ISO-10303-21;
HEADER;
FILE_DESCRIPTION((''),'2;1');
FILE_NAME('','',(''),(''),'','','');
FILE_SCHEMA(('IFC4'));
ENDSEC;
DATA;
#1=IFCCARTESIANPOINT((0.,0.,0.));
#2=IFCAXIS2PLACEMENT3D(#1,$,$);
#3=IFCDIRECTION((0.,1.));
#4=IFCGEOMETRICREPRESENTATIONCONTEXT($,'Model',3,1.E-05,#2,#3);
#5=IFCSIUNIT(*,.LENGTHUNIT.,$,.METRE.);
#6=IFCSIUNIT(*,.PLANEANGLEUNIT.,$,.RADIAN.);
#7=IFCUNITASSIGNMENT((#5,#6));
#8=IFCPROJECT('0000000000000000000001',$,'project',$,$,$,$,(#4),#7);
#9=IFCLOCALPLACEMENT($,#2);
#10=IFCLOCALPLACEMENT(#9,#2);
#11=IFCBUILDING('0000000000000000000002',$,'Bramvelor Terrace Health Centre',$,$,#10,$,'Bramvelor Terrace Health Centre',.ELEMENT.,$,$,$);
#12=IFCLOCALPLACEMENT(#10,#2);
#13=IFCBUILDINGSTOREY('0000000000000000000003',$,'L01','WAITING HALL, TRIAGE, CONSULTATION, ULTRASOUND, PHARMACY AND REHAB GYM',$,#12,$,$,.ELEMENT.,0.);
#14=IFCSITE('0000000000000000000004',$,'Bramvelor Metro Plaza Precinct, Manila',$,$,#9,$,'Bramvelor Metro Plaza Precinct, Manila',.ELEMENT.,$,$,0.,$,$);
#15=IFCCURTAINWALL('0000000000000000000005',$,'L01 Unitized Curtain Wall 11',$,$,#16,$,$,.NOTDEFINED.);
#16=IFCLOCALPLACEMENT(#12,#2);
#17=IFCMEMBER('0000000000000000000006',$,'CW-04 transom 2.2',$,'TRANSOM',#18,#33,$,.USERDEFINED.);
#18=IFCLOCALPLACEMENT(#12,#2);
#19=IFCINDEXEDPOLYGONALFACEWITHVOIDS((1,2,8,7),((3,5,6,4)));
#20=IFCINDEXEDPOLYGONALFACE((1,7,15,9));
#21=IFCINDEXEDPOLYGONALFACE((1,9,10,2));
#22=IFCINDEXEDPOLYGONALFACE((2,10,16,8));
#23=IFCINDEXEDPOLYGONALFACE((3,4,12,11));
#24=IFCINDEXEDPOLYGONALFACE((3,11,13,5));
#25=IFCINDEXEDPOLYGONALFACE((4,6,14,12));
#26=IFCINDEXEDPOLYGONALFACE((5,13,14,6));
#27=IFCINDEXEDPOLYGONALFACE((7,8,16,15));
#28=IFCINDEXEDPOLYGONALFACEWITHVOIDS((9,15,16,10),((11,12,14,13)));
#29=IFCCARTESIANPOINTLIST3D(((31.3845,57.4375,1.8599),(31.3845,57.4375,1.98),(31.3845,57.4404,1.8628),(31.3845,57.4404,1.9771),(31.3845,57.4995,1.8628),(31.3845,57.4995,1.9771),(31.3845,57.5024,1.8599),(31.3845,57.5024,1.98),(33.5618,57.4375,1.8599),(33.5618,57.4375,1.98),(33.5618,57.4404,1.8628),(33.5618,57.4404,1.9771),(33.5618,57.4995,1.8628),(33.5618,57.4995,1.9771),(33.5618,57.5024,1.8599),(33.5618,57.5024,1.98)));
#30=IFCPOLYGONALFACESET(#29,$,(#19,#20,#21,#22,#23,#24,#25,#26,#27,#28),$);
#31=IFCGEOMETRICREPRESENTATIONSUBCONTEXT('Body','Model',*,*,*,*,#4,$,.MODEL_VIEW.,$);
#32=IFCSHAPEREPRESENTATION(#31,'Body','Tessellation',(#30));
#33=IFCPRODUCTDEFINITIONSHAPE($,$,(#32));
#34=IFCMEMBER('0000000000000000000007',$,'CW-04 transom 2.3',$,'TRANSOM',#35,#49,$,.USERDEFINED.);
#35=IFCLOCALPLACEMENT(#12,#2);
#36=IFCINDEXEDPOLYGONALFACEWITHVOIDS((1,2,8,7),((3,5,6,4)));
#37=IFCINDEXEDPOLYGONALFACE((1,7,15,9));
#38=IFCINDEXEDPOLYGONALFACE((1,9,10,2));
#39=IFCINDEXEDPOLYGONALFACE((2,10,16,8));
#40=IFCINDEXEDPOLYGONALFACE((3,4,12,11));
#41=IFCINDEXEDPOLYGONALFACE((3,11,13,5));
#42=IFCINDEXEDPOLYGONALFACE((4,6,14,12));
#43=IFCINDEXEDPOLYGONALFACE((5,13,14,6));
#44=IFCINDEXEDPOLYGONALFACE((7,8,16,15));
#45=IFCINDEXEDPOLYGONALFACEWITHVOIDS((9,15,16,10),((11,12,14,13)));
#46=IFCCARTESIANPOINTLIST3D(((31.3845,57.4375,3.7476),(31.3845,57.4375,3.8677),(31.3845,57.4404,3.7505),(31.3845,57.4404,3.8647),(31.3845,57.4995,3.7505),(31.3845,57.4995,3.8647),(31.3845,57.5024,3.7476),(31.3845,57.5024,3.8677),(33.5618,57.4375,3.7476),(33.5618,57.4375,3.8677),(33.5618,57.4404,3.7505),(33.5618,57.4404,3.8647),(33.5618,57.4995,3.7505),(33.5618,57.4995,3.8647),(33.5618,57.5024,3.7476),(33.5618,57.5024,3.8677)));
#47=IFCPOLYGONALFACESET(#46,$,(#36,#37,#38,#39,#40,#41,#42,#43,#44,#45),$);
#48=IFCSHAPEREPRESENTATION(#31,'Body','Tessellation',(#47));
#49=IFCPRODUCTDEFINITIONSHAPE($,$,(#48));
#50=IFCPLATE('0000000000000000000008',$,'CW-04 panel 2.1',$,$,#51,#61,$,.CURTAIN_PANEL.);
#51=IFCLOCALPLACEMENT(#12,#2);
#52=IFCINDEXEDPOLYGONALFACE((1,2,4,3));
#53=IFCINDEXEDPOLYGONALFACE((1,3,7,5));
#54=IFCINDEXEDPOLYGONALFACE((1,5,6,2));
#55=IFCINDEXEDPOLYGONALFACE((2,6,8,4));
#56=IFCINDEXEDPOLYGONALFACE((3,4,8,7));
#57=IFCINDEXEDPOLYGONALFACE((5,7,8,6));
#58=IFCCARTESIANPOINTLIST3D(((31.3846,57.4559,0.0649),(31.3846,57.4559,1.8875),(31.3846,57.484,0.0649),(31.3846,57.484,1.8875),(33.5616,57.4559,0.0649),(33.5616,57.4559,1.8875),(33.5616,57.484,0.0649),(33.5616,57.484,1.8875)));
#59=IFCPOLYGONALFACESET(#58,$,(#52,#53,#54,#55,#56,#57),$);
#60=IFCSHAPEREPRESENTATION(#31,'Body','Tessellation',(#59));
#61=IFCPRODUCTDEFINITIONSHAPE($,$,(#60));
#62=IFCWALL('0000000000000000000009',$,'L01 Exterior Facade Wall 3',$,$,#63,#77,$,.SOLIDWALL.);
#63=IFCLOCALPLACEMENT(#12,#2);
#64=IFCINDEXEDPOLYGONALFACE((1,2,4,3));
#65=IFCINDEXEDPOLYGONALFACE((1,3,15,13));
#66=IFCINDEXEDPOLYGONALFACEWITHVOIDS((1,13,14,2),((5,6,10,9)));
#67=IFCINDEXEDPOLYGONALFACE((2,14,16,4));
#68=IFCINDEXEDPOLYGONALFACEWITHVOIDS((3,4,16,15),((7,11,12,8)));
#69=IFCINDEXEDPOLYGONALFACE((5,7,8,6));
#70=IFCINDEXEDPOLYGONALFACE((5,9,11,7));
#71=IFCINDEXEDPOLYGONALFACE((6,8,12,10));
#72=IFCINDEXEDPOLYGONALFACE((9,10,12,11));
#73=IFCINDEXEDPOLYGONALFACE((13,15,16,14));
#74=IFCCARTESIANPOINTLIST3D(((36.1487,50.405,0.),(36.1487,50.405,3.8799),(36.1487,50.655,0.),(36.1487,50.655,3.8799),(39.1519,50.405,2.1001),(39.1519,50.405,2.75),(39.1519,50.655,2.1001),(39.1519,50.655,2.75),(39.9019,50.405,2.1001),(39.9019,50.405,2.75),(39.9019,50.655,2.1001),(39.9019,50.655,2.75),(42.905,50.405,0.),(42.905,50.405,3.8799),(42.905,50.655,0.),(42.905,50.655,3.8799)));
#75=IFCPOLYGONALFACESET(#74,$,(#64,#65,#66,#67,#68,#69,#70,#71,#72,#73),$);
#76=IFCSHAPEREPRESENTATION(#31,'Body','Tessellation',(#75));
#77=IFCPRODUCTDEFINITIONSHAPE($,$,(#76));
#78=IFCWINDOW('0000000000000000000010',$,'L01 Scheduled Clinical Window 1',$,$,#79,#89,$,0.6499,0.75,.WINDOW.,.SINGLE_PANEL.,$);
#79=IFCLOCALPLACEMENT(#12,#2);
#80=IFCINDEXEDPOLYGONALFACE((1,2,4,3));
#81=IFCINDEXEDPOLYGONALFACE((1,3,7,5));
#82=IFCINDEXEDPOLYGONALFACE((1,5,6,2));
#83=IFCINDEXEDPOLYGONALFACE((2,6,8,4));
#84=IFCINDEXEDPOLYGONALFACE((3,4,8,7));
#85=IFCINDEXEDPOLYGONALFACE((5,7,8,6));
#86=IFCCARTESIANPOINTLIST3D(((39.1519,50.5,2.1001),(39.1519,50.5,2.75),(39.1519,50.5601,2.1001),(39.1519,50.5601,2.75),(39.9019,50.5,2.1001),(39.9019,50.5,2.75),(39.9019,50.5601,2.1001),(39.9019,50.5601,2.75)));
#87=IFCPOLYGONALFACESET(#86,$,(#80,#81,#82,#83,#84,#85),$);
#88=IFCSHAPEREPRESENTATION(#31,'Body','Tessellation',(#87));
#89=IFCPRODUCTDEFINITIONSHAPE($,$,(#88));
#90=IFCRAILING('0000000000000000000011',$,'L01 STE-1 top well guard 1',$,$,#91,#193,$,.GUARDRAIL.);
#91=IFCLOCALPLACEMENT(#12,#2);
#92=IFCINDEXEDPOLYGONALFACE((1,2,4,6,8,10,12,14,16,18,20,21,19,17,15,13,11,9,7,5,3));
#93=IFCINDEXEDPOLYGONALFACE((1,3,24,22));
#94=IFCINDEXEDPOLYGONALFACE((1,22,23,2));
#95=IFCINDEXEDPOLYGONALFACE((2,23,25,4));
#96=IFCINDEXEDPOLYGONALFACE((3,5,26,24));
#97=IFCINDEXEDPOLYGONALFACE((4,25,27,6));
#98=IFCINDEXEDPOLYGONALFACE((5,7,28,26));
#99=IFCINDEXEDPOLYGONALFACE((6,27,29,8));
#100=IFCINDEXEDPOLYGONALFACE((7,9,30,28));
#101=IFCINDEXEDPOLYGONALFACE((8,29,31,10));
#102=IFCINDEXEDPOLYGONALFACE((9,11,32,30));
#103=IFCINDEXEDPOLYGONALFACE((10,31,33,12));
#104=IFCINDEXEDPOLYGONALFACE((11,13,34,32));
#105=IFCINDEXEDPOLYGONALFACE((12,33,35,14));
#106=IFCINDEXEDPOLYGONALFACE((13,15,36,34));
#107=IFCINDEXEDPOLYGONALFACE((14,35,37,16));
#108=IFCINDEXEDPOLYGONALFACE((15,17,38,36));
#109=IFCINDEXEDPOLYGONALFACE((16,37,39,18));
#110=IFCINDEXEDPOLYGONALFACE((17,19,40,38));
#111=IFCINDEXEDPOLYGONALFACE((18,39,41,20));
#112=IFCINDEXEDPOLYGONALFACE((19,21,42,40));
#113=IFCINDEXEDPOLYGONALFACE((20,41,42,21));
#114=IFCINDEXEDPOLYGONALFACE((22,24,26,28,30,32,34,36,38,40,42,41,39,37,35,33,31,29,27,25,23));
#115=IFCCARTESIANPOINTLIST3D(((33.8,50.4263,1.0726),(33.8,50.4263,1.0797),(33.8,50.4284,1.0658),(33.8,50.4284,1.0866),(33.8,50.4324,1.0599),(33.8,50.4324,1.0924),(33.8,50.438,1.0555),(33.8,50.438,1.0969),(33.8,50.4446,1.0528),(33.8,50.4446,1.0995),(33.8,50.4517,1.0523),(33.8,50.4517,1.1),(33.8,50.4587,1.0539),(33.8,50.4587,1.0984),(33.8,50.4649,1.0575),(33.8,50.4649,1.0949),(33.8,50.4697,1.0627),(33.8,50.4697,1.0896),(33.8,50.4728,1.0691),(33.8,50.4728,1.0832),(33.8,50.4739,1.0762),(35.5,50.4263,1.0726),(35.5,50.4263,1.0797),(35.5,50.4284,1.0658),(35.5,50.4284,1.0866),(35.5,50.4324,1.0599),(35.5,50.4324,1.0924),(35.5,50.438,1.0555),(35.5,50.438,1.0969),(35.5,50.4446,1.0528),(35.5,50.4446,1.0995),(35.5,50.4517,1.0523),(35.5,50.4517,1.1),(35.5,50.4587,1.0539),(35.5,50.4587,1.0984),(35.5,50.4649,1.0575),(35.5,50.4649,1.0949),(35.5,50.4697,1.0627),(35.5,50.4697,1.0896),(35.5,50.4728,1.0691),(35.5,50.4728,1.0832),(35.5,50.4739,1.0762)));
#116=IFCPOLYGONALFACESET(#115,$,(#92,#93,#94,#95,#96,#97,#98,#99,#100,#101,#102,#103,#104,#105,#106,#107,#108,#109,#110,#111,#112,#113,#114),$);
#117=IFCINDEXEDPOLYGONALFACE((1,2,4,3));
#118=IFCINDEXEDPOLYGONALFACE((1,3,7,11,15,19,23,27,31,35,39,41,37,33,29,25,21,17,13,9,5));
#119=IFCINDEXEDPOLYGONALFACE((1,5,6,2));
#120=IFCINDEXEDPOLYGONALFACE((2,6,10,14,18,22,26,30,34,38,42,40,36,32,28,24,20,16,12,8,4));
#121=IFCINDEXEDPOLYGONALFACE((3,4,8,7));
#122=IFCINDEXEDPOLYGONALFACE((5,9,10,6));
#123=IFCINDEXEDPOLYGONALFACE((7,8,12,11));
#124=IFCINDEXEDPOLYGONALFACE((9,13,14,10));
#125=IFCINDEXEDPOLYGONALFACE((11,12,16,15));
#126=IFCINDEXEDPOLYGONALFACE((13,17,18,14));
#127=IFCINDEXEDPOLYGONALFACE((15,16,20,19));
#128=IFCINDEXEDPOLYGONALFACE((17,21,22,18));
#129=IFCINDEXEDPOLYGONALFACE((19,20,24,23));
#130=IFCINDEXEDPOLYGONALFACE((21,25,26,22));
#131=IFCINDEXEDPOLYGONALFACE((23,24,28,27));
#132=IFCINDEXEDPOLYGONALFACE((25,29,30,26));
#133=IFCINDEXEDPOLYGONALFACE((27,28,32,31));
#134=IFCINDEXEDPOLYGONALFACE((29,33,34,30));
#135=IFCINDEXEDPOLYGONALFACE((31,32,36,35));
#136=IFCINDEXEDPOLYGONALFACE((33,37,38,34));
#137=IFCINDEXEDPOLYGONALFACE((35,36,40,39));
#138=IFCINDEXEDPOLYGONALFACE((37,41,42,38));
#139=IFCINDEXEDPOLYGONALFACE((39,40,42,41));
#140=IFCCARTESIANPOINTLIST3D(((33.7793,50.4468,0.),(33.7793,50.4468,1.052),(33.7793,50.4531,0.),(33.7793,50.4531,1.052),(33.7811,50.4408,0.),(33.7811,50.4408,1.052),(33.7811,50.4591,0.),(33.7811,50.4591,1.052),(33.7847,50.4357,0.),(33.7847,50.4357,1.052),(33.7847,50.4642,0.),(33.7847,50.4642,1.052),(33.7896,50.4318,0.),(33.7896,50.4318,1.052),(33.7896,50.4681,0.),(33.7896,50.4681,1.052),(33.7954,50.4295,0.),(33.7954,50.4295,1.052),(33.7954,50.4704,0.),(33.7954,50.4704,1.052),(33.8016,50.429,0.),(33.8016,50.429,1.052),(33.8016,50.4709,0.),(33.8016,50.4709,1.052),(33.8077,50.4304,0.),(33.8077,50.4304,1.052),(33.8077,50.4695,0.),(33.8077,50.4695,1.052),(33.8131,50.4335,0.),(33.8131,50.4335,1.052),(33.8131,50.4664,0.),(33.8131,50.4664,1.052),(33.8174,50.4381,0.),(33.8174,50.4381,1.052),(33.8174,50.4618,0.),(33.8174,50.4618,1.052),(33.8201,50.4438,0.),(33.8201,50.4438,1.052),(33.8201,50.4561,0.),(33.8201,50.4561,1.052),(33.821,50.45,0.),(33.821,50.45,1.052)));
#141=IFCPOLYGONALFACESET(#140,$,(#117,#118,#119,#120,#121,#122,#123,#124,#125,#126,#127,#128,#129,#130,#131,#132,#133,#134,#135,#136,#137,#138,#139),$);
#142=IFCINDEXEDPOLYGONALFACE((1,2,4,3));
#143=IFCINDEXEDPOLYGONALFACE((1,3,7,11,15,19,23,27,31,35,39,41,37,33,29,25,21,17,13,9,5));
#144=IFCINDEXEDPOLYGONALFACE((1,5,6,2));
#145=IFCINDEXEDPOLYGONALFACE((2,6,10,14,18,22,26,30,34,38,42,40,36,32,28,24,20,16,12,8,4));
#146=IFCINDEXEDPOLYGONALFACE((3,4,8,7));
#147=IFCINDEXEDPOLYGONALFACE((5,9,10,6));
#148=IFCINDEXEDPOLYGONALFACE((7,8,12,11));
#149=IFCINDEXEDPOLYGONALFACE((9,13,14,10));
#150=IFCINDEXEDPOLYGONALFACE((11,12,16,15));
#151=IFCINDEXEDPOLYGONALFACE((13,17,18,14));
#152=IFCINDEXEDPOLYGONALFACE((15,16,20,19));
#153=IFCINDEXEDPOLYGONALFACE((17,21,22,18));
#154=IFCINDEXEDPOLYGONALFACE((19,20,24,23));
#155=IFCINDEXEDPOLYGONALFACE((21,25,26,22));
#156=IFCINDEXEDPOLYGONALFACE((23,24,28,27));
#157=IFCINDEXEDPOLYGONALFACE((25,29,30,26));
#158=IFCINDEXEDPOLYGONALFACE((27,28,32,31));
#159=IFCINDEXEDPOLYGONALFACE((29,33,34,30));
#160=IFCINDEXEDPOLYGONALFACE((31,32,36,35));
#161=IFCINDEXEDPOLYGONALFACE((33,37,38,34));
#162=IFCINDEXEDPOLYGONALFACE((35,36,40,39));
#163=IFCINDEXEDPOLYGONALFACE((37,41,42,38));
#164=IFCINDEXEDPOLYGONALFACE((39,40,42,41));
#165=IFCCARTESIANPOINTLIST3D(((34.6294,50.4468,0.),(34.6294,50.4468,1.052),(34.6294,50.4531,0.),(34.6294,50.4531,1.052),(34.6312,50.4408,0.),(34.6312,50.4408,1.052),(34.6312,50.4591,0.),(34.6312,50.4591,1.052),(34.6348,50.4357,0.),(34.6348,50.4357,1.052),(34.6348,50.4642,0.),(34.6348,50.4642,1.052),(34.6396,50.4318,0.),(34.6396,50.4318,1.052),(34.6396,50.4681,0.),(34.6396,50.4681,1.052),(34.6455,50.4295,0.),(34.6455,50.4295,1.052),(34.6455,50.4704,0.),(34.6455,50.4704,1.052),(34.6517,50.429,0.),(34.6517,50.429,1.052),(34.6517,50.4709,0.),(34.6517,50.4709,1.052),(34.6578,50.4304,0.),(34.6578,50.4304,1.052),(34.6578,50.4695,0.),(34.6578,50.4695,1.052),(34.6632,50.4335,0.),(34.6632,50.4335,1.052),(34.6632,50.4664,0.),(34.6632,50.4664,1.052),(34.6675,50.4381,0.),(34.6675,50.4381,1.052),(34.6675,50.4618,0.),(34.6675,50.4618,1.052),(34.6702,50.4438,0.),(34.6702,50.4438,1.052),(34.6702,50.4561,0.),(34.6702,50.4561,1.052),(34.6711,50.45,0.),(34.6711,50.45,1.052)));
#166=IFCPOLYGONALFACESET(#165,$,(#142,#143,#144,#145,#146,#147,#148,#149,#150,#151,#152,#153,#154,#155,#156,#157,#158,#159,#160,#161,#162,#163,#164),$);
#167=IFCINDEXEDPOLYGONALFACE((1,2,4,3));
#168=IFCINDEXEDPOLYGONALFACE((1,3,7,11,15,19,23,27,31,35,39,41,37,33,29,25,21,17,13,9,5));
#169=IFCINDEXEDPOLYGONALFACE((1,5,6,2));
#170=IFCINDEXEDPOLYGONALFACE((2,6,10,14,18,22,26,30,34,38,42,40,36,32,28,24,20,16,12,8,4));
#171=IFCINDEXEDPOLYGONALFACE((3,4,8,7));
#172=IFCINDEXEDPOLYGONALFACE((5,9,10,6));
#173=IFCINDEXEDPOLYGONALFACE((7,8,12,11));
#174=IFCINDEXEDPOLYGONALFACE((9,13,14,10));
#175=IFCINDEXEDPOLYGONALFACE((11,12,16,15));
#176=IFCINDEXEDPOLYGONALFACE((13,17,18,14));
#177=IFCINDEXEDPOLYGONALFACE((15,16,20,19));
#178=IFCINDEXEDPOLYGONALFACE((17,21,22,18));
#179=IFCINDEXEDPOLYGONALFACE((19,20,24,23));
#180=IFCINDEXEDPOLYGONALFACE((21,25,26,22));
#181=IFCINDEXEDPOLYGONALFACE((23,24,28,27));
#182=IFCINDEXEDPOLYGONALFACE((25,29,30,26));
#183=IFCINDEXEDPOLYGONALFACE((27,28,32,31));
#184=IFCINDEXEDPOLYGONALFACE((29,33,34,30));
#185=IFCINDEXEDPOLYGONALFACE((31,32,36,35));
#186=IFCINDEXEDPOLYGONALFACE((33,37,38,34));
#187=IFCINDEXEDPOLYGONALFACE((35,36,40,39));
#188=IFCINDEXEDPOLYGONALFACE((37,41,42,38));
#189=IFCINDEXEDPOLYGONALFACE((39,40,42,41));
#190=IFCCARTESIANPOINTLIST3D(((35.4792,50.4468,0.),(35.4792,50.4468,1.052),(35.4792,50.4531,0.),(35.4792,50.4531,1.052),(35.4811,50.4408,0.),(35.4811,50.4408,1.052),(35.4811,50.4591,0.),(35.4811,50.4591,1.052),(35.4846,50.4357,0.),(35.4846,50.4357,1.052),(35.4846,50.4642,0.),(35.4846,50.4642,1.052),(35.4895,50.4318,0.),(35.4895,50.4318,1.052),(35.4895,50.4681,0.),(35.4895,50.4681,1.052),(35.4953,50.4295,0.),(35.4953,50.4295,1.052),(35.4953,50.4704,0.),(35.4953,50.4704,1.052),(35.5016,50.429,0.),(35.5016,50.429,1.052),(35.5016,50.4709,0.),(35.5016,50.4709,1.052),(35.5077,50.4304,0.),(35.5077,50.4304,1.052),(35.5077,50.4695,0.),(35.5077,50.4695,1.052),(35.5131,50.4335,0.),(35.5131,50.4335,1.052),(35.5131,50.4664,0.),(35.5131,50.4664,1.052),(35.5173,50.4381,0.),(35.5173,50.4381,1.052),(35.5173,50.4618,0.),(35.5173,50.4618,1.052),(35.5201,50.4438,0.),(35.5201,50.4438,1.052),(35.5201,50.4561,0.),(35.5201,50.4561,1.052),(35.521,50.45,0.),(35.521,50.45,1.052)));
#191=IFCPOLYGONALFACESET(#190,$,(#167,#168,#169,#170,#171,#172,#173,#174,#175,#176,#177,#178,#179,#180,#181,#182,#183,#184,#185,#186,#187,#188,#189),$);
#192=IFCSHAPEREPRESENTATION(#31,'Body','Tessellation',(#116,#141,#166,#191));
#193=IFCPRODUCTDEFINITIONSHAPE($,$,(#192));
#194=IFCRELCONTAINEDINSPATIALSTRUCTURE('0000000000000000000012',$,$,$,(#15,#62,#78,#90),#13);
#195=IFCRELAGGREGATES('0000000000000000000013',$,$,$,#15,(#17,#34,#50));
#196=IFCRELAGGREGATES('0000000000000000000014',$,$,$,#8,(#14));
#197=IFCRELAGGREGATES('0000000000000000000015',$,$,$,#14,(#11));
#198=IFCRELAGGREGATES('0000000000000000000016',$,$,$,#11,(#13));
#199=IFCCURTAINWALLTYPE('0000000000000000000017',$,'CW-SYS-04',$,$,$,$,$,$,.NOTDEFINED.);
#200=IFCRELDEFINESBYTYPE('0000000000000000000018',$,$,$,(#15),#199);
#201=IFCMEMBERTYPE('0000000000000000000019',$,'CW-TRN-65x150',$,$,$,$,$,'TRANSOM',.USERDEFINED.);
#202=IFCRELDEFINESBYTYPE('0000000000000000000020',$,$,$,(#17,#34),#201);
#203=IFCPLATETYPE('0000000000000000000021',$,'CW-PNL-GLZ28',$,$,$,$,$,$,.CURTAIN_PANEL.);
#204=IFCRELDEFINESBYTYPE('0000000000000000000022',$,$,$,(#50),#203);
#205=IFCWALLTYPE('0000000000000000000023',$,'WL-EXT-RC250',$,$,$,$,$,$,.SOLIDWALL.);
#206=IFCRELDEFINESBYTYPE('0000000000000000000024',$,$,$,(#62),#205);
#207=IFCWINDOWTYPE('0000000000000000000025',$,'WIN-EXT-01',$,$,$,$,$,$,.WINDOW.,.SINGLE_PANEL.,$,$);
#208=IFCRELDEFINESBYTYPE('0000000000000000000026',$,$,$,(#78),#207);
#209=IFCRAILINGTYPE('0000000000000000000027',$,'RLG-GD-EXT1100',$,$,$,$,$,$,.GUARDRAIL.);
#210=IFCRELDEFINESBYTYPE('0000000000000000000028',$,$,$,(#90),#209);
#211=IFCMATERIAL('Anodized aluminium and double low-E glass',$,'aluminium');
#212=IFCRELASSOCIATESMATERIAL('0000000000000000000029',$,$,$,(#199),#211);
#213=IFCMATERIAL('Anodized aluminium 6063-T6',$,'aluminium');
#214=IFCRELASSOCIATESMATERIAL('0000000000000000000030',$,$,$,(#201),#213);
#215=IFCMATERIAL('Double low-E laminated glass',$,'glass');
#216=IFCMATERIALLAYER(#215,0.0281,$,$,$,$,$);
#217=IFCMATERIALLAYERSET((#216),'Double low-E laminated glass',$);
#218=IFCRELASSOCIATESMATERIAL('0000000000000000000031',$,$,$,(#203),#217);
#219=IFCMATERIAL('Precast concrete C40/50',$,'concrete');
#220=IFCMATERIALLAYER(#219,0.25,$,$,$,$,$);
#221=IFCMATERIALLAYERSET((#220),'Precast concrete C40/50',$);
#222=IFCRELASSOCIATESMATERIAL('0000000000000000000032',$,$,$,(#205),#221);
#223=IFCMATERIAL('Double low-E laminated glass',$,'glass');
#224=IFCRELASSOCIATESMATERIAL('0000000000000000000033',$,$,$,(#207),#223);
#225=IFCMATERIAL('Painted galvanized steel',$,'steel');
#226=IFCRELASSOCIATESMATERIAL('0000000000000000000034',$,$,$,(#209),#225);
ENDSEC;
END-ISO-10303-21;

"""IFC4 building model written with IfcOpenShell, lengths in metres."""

from ifc_helpers import new_model, si_unit, direction, frame, frame_2d, origin, origin_2d, place, context, subcontext, project, spatial, rectangle, hollow_rectangle, circle, extrude, material, layer, layer_set, material_profile, profile_set, type_object, element, fill, aggregate, save


model = new_model("IFC4")

# Units and contexts
model_context = context("Model", 3, precision=1e-05, world=origin(), true_north=direction((0.0, 1.0)))
body_context = subcontext(model_context, "Body", "Model", "MODEL_VIEW")
ifc_project = project(units=[si_unit("LENGTHUNIT", "METRE"), si_unit("PLANEANGLEUNIT", "RADIAN")], contexts=[model_context])

# Site, building, storey
site_placement = place(None, origin())
site = spatial("IfcSite", under=ifc_project, at=site_placement, Name="Bramvelor Metro Plaza Precinct, Manila", LongName="Bramvelor Metro Plaza Precinct, Manila", CompositionType="ELEMENT", RefElevation=0.0)
building_placement = place(site_placement, origin())
building = spatial("IfcBuilding", under=site, at=building_placement, Name="Bramvelor Terrace Health Centre", LongName="Bramvelor Terrace Health Centre", CompositionType="ELEMENT")
storey_placement = place(building_placement, origin())
storey = spatial("IfcBuildingStorey", under=building, at=storey_placement, Name="L01", Description="WAITING HALL, TRIAGE, CONSULTATION, ULTRASOUND, PHARMACY AND REHAB GYM", CompositionType="ELEMENT", Elevation=0.0)

# Curtain wall, members, plate
ifc_material_1 = material(Name="Anodized aluminium and double low-E glass", Category="aluminium")
curtain_wall_type = type_object("IfcCurtainWallType", Name="CW-SYS-04", PredefinedType="NOTDEFINED", material=ifc_material_1)
curtain_wall_placement = place(storey_placement, origin())
curtain_wall = element("IfcCurtainWall", 1, at=curtain_wall_placement, inside=storey, type_object=curtain_wall_type, Name="L01 Unitized Curtain Wall 11", PredefinedType="NOTDEFINED")
ifc_material_2 = material(Name="Anodized aluminium 6063-T6", Category="aluminium")
ifc_material_profile_1 = material_profile(ifc_material_2, hollow_rectangle(XDim=0.0649, YDim=0.1201, WallThickness=0.0029, at=origin_2d()), Name="ALU-TRN 65x120x3.0")
ifc_profile_set_1 = profile_set([ifc_material_profile_1], Name="Anodized aluminium 6063-T6")
member_type_1 = type_object("IfcMemberType", Name="CW-TRN-65x150", ElementType="TRANSOM", PredefinedType="USERDEFINED", material=ifc_profile_set_1)
member_1_placement = place(storey_placement, frame((31.3845, 57.47, 1.9199), z_axis=(1.0, 0.0, 0.0), x_axis=(0.0, 1.0, 0.0)))
member_1 = element("IfcMember", 2, at=member_1_placement, type_object=member_type_1, Name="CW-04 transom 2.2", ObjectType="TRANSOM", PredefinedType="USERDEFINED", context=body_context, shape_type="SweptSolid", body=[
    extrude(hollow_rectangle(XDim=0.0649, YDim=0.1201, WallThickness=0.0029, at=origin_2d()), origin(), (0.0, 0.0, 1.0), 2.1772),
])
member_2_placement = place(storey_placement, frame((31.3845, 57.47, 3.8076), z_axis=(1.0, 0.0, 0.0), x_axis=(0.0, 1.0, 0.0)))
member_2 = element("IfcMember", 3, at=member_2_placement, type_object=member_type_1, Name="CW-04 transom 2.3", ObjectType="TRANSOM", PredefinedType="USERDEFINED", context=body_context, shape_type="SweptSolid", body=[
    extrude(hollow_rectangle(XDim=0.0649, YDim=0.1201, WallThickness=0.0029, at=origin_2d()), origin(), (0.0, 0.0, 1.0), 2.1772),
])
ifc_material_3 = material(Name="Double low-E laminated glass", Category="glass")
ifc_layer_1 = layer(ifc_material_3, 0.0281)
ifc_layer_set_1 = layer_set([ifc_layer_1], Name="Double low-E laminated glass")
plate_type = type_object("IfcPlateType", Name="CW-PNL-GLZ28", PredefinedType="CURTAIN_PANEL", material=ifc_layer_set_1)
plate_placement = place(storey_placement, frame((32.4731, 57.47, 0.0649), z_axis=(0.0, 0.0, 1.0), x_axis=(1.0, 0.0, 0.0)))
plate = element("IfcPlate", 4, at=plate_placement, type_object=plate_type, Name="CW-04 panel 2.1", PredefinedType="CURTAIN_PANEL", context=body_context, shape_type="SweptSolid", body=[
    extrude(rectangle(XDim=2.177, YDim=0.0281, at=origin_2d()), origin(), (0.0, 0.0, 1.0), 1.8225),
])
aggregate(curtain_wall, [member_1, member_2, plate])

# Wall, opening, window
ifc_material_4 = material(Name="Precast concrete C40/50", Category="concrete")
ifc_layer_2 = layer(ifc_material_4, 0.25)
ifc_layer_set_2 = layer_set([ifc_layer_2], Name="Precast concrete C40/50")
wall_type = type_object("IfcWallType", Name="WL-EXT-RC250", PredefinedType="SOLIDWALL", material=ifc_layer_set_2)
wall_placement = place(storey_placement, frame((42.905, 50.53, 0.0), z_axis=(0.0, 0.0, 1.0), x_axis=(-1.0, 0.0, 0.0)))
wall = element("IfcWall", 5, at=wall_placement, inside=storey, type_object=wall_type, Name="L01 Exterior Facade Wall 3", PredefinedType="SOLIDWALL", context=body_context, shape_type="SweptSolid", body=[
    extrude(rectangle(XDim=6.7563, YDim=0.25, at=frame_2d((3.3782, 0.0))), origin(), (0.0, 0.0, 1.0), 3.8799),
])
opening_placement = place(wall_placement, frame((3.0032, 0.0, 2.1001)))
opening = element("IfcOpeningElement", 6, at=opening_placement, cuts=wall, PredefinedType="OPENING", context=body_context, shape_type="SweptSolid", body=[
    extrude(rectangle(XDim=0.75, YDim=0.6499, at=frame_2d((0.375, 0.325))), frame((0.0, 0.135, 0.0), z_axis=(0.0, -1.0, 0.0), x_axis=(1.0, 0.0, 0.0)), (0.0, 0.0, 1.0), 0.27),
])
ifc_material_5 = material(Name="Double low-E laminated glass", Category="glass")
window_type = type_object("IfcWindowType", Name="WIN-EXT-01", PartitioningType="SINGLE_PANEL", PredefinedType="WINDOW", material=ifc_material_5)
window_placement = place(opening_placement, origin())
window = element("IfcWindow", 7, at=window_placement, inside=storey, type_object=window_type, Name="L01 Scheduled Clinical Window 1", OverallHeight=0.6499, OverallWidth=0.75, PartitioningType="SINGLE_PANEL", PredefinedType="WINDOW", context=body_context, shape_type="SweptSolid", body=[
    extrude(rectangle(XDim=0.75, YDim=0.6499, at=frame_2d((0.375, 0.325))), frame((0.0, 0.03, 0.0), z_axis=(0.0, -1.0, 0.0), x_axis=(1.0, 0.0, 0.0)), (0.0, 0.0, 1.0), 0.0601),
])
fill(opening, window)

# Railing
ifc_material_6 = material(Name="Painted galvanized steel", Category="steel")
railing_type_1 = type_object("IfcRailingType", Name="RLG-GD-EXT1100", PredefinedType="GUARDRAIL", material=ifc_material_6)
railing_1_placement = place(storey_placement, frame((33.8, 50.45, 0.0)))
element("IfcRailing", 8, at=railing_1_placement, inside=storey, type_object=railing_type_1, Name="L01 STE-1 top well guard 1", PredefinedType="GUARDRAIL", context=body_context, shape_type="SweptSolid", body=[
    extrude(circle(Radius=0.0239, at=origin_2d()), frame((0.0, 0.0, 1.0762), z_axis=(1.0, 0.0, 0.0), x_axis=(0.0, 1.0, 0.0)), (0.0, 0.0, 1.0), 1.7),
    extrude(circle(Radius=0.021, at=origin_2d()), origin(), (0.0, 0.0, 1.0), 1.052),
    extrude(circle(Radius=0.021, at=origin_2d()), frame((0.8501, 0.0, 0.0)), (0.0, 0.0, 1.0), 1.052),
    extrude(circle(Radius=0.021, at=origin_2d()), frame((1.7, 0.0, 0.0)), (0.0, 0.0, 1.0), 1.052),
])

save(model, "model.ifc")
